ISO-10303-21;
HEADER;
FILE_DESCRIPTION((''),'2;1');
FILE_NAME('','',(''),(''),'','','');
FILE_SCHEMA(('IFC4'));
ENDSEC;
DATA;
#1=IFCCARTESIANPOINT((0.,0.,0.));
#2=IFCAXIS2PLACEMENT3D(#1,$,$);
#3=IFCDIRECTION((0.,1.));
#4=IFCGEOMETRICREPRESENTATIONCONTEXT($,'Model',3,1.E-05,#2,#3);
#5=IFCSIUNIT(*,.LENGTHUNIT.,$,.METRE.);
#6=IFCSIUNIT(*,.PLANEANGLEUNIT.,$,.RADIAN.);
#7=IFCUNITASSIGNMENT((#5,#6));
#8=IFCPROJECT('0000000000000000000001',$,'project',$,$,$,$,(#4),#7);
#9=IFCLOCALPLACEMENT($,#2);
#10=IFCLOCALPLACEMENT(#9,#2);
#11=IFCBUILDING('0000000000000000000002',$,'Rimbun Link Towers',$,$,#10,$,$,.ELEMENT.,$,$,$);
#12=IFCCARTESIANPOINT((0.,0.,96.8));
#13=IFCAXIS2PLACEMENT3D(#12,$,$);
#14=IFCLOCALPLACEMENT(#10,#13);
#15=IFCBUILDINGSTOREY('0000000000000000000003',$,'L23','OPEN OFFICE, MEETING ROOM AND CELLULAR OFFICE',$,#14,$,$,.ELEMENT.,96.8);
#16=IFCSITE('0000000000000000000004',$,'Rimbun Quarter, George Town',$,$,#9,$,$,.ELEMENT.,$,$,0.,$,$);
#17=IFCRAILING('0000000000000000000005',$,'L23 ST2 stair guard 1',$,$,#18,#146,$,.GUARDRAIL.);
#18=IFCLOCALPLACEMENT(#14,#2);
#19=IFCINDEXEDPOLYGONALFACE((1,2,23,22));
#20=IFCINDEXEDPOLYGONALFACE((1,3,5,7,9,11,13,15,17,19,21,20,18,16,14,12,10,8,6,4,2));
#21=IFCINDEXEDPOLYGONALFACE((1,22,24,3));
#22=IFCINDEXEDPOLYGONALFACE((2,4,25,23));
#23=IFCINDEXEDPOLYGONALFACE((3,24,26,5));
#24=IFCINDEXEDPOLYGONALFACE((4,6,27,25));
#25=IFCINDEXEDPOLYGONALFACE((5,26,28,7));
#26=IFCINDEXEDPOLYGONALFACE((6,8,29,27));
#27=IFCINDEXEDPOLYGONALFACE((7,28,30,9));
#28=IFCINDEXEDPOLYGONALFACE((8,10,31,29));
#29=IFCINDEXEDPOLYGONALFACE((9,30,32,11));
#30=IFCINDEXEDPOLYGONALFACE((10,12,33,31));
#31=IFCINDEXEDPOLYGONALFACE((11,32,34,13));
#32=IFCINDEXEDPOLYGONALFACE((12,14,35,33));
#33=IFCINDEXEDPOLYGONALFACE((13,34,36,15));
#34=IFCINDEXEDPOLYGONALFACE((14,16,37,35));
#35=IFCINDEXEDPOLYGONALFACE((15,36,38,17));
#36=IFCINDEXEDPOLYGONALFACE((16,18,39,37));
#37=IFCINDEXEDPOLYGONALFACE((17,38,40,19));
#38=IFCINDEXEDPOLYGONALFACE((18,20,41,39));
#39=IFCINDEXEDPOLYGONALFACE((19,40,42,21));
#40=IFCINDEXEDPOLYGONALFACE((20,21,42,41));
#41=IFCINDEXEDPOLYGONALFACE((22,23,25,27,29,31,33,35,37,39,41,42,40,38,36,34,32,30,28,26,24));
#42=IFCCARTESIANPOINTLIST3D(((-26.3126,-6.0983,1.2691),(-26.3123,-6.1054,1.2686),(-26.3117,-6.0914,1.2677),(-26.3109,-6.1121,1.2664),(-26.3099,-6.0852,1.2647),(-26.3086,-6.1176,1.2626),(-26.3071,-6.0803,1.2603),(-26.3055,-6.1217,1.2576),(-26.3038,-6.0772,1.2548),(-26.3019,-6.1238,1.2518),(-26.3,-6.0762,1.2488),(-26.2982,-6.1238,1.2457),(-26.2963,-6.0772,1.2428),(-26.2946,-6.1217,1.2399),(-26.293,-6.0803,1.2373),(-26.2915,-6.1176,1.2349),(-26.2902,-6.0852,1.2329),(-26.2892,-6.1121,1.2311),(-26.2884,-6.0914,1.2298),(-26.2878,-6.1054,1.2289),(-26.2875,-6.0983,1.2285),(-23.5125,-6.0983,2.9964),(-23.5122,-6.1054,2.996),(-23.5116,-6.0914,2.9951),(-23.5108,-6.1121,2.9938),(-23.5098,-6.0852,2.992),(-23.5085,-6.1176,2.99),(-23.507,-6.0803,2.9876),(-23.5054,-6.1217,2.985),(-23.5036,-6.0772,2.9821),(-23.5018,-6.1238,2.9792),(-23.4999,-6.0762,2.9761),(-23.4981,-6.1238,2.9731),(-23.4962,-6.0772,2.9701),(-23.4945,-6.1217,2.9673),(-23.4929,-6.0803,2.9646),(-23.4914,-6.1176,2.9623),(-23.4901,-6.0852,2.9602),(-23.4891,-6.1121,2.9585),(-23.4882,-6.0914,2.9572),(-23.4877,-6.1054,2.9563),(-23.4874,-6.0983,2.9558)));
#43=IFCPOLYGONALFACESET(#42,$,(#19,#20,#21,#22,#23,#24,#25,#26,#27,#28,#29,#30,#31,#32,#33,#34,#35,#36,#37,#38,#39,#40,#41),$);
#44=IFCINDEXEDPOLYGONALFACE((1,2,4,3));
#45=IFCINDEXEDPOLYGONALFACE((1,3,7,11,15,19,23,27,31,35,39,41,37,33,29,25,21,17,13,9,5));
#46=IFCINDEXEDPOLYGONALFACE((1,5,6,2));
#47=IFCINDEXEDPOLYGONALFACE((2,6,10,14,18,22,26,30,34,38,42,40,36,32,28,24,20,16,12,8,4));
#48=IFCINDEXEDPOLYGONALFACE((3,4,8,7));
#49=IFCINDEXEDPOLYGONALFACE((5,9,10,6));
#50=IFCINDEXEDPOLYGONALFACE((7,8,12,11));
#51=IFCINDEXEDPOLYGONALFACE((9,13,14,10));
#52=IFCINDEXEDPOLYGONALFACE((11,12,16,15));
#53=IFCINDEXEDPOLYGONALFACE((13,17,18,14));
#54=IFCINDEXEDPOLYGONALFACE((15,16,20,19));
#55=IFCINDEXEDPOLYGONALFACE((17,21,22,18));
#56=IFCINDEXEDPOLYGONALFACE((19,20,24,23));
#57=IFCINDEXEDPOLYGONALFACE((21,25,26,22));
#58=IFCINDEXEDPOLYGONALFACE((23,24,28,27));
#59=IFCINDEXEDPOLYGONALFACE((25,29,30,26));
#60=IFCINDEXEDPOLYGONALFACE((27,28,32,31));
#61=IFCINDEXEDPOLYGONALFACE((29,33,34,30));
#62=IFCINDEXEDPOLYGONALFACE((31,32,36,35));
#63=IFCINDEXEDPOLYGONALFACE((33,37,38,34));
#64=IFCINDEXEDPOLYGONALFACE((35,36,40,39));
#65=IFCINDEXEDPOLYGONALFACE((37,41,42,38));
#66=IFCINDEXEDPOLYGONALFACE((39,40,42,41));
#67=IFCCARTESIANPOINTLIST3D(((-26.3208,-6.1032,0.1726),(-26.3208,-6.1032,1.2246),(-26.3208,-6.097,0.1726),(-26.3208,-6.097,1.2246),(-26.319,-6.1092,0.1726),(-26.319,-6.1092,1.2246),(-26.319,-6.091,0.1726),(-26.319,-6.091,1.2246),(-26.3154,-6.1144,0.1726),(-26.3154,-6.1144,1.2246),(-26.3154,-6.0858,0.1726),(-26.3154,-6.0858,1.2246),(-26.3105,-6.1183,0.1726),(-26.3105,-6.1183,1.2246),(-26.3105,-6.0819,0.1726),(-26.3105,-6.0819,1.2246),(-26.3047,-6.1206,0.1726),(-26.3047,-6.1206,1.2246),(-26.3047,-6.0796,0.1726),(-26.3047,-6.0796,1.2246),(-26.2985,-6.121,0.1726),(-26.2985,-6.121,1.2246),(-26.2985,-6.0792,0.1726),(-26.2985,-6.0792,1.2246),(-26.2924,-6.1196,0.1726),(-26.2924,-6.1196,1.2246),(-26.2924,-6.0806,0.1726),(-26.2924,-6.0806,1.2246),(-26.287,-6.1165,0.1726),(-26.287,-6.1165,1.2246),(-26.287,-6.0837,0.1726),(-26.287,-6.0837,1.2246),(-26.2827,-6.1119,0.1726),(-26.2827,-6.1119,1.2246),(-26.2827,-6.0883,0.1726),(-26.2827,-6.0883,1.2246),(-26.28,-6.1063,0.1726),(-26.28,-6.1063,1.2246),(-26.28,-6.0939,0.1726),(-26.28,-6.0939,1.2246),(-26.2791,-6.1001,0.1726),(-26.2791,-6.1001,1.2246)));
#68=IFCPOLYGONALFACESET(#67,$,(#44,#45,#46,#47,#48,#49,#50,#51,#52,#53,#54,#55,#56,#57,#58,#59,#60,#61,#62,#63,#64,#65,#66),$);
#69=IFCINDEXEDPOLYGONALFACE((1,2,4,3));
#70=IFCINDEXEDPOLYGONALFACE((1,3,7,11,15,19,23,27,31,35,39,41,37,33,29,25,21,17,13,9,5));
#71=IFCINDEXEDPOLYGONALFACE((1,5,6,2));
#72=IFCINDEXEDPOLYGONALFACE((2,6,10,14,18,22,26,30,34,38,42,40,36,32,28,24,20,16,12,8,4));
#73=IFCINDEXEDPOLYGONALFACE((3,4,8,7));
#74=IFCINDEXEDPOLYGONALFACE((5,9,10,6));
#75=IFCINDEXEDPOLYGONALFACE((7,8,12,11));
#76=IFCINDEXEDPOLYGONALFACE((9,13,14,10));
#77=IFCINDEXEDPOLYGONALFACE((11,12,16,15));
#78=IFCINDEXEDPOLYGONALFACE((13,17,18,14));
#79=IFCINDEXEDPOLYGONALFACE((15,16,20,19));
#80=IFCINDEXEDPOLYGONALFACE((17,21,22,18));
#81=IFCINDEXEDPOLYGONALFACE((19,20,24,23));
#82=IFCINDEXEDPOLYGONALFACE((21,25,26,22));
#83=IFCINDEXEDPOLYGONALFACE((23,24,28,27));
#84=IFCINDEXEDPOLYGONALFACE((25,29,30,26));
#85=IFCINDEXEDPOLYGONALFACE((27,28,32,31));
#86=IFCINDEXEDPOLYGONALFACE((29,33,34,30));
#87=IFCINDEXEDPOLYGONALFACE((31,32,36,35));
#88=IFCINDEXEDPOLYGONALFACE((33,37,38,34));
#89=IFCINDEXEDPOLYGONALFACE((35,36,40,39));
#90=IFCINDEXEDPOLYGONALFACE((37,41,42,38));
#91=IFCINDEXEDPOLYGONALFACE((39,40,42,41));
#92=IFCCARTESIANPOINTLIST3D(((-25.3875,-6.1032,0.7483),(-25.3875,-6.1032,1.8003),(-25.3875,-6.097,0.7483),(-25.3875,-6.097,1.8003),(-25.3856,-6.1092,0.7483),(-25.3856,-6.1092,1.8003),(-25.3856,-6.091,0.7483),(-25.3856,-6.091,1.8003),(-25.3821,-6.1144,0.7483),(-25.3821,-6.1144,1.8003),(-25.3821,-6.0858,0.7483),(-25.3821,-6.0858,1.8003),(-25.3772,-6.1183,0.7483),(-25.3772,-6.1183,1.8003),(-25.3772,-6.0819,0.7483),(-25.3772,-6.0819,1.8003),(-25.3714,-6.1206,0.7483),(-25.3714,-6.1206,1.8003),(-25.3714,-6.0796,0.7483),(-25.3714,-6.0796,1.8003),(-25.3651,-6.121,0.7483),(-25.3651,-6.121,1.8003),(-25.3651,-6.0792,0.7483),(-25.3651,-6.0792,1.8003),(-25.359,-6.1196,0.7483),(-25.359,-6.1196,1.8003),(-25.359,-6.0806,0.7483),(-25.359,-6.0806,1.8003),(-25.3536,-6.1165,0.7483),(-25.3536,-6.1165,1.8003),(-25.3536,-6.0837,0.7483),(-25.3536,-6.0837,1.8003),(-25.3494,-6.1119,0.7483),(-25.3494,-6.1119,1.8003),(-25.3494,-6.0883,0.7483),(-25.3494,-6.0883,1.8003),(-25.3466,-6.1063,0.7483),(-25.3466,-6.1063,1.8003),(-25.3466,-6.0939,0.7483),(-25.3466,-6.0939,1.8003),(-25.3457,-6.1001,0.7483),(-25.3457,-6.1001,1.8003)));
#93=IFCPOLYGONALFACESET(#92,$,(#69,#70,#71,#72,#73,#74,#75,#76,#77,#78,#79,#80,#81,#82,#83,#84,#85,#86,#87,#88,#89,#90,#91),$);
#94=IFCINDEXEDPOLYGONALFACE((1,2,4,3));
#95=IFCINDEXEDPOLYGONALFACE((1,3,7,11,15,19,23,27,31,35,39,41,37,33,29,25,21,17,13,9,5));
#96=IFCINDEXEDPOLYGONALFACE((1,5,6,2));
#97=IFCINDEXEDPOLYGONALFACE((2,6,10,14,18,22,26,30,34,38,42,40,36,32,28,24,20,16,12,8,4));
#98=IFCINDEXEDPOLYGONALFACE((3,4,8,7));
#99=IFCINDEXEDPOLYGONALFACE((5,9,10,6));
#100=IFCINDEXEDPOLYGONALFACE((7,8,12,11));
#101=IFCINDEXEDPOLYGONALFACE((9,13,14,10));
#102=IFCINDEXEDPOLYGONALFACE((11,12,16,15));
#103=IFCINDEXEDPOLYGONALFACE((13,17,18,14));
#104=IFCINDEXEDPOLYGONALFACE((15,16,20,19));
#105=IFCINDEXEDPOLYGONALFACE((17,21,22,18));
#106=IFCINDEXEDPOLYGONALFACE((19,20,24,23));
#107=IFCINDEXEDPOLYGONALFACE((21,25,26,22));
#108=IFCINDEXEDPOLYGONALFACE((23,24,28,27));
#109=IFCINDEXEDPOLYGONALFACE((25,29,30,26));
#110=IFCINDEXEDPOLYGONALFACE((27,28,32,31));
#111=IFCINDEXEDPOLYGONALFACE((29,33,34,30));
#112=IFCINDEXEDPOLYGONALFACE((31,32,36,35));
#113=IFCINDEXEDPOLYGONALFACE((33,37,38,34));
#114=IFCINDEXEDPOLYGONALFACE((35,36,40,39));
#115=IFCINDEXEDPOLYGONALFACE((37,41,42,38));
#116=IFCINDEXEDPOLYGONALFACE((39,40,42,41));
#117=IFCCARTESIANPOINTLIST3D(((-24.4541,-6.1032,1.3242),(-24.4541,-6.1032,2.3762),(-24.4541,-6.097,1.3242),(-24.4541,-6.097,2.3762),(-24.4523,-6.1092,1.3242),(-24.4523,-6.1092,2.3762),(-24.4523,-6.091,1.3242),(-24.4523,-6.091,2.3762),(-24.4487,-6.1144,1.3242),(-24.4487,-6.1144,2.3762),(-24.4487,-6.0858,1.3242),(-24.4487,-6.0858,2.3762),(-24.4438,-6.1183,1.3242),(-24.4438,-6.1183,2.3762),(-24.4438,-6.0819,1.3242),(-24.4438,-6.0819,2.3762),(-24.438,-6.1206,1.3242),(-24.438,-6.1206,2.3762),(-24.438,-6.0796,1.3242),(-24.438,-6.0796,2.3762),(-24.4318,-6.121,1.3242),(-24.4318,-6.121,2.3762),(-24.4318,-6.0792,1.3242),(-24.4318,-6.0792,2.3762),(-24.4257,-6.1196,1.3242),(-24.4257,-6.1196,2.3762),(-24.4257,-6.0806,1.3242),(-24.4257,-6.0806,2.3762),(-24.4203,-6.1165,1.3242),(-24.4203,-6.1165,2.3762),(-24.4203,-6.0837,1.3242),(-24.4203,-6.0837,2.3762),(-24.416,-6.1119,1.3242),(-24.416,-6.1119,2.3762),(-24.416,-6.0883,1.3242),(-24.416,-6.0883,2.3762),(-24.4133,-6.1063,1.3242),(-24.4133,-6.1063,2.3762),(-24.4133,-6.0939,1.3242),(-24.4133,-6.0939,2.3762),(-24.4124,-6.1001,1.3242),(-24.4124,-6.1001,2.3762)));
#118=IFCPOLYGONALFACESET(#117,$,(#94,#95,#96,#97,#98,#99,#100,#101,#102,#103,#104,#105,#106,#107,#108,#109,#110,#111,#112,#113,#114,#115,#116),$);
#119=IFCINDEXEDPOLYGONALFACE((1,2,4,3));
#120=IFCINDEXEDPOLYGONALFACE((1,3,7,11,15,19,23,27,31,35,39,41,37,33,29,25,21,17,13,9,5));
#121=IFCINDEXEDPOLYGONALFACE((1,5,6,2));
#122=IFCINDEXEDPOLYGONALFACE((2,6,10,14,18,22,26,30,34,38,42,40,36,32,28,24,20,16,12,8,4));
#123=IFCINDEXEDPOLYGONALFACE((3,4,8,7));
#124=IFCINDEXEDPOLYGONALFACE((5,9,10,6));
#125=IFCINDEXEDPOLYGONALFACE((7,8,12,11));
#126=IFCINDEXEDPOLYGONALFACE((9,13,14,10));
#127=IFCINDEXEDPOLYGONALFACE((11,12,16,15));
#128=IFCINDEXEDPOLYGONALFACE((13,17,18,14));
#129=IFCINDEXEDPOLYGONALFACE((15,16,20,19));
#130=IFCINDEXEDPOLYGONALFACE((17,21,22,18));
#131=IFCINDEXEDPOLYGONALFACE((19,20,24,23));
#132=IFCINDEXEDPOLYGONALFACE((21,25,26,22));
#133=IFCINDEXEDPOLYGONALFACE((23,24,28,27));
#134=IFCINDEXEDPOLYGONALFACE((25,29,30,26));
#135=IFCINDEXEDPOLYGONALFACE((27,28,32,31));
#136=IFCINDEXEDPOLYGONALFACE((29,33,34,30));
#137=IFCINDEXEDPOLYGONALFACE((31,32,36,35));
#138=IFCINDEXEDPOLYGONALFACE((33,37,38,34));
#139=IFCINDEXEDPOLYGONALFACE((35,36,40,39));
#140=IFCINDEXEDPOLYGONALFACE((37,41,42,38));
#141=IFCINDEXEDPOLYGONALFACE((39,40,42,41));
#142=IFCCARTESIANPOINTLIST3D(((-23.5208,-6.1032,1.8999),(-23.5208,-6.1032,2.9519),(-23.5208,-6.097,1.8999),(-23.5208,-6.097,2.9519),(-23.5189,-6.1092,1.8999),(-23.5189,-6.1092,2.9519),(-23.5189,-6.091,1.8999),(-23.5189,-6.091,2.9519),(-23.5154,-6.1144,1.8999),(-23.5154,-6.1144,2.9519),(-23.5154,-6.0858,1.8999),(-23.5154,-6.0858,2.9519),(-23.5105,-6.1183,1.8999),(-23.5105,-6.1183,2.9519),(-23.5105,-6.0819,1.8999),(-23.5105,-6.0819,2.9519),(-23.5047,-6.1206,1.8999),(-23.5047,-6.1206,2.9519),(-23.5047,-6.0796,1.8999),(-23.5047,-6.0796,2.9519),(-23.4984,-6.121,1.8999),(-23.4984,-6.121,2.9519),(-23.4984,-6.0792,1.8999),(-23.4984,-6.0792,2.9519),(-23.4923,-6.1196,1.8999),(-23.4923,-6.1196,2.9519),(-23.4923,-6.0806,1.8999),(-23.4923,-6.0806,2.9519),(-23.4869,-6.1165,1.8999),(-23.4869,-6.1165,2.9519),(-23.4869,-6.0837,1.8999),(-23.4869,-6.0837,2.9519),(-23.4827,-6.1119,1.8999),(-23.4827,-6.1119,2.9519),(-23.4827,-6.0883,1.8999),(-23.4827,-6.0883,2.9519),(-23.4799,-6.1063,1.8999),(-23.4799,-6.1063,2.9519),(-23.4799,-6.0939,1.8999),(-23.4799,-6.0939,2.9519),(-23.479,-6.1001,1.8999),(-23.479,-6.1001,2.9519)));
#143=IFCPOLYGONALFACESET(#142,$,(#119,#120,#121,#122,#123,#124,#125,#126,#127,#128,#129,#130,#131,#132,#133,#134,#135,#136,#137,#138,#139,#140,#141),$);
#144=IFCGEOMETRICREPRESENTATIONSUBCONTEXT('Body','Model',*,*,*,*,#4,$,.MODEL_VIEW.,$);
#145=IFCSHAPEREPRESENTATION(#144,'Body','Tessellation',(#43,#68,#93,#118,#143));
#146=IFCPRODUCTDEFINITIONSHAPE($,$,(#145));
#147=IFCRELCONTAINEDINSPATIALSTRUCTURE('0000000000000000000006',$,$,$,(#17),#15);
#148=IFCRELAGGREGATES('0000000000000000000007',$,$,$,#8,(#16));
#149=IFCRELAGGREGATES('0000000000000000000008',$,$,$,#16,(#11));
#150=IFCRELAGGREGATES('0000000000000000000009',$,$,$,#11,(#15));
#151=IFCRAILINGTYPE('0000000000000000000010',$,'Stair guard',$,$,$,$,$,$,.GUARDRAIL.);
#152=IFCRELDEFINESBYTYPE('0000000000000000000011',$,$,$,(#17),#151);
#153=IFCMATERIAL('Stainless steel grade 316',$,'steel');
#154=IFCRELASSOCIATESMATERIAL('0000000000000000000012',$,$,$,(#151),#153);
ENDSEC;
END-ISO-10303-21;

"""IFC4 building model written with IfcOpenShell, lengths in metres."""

from ifc_helpers import new_model, si_unit, direction, frame, origin, origin_2d, place, context, subcontext, project, spatial, circle, extrude, material, type_object, element, save


model = new_model("IFC4")

# Units and contexts
model_context = context("Model", 3, precision=1e-05, world=origin(), true_north=direction((0.0, 1.0)))
body_context = subcontext(model_context, "Body", "Model", "MODEL_VIEW")
ifc_project = project(units=[si_unit("LENGTHUNIT", "METRE"), si_unit("PLANEANGLEUNIT", "RADIAN")], contexts=[model_context])

# Site, building, storey
site_placement = place(None, origin())
site = spatial("IfcSite", under=ifc_project, at=site_placement, Name="Rimbun Quarter, George Town", CompositionType="ELEMENT", RefElevation=0.0)
building_placement = place(site_placement, origin())
building = spatial("IfcBuilding", under=site, at=building_placement, Name="Rimbun Link Towers", CompositionType="ELEMENT")
storey_placement = place(building_placement, frame((0.0, 0.0, 96.8)))
storey = spatial("IfcBuildingStorey", under=building, at=storey_placement, Name="L23", Description="OPEN OFFICE, MEETING ROOM AND CELLULAR OFFICE", CompositionType="ELEMENT", Elevation=96.8)

# Railing
ifc_material_1 = material(Name="Stainless steel grade 316", Category="steel")
railing_type_1 = type_object("IfcRailingType", Name="Stair guard", PredefinedType="GUARDRAIL", material=ifc_material_1)
railing_1_placement = place(storey_placement, frame((-26.3, -6.1001, 0.1726)))
element("IfcRailing", 1, at=railing_1_placement, inside=storey, type_object=railing_type_1, Name="L23 ST2 stair guard 1", PredefinedType="GUARDRAIL", context=body_context, shape_type="SweptSolid", body=[
    extrude(circle(Radius=0.0239, at=origin_2d()), frame((0.0, 0.0, 1.0762), z_axis=(0.85109, 0.0, 0.52502), x_axis=(0.0, 1.0, 0.0)), (0.0, 0.0, 1.0), 3.29),
    extrude(circle(Radius=0.021, at=origin_2d()), origin(), (0.0, 0.0, 1.0), 1.052),
    extrude(circle(Radius=0.021, at=origin_2d()), frame((0.9333, 0.0, 0.5757)), (0.0, 0.0, 1.0), 1.052),
    extrude(circle(Radius=0.021, at=origin_2d()), frame((1.8667, 0.0, 1.1516)), (0.0, 0.0, 1.0), 1.052),
    extrude(circle(Radius=0.021, at=origin_2d()), frame((2.8, 0.0, 1.7273)), (0.0, 0.0, 1.0), 1.052),
])

save(model, "model.ifc")
